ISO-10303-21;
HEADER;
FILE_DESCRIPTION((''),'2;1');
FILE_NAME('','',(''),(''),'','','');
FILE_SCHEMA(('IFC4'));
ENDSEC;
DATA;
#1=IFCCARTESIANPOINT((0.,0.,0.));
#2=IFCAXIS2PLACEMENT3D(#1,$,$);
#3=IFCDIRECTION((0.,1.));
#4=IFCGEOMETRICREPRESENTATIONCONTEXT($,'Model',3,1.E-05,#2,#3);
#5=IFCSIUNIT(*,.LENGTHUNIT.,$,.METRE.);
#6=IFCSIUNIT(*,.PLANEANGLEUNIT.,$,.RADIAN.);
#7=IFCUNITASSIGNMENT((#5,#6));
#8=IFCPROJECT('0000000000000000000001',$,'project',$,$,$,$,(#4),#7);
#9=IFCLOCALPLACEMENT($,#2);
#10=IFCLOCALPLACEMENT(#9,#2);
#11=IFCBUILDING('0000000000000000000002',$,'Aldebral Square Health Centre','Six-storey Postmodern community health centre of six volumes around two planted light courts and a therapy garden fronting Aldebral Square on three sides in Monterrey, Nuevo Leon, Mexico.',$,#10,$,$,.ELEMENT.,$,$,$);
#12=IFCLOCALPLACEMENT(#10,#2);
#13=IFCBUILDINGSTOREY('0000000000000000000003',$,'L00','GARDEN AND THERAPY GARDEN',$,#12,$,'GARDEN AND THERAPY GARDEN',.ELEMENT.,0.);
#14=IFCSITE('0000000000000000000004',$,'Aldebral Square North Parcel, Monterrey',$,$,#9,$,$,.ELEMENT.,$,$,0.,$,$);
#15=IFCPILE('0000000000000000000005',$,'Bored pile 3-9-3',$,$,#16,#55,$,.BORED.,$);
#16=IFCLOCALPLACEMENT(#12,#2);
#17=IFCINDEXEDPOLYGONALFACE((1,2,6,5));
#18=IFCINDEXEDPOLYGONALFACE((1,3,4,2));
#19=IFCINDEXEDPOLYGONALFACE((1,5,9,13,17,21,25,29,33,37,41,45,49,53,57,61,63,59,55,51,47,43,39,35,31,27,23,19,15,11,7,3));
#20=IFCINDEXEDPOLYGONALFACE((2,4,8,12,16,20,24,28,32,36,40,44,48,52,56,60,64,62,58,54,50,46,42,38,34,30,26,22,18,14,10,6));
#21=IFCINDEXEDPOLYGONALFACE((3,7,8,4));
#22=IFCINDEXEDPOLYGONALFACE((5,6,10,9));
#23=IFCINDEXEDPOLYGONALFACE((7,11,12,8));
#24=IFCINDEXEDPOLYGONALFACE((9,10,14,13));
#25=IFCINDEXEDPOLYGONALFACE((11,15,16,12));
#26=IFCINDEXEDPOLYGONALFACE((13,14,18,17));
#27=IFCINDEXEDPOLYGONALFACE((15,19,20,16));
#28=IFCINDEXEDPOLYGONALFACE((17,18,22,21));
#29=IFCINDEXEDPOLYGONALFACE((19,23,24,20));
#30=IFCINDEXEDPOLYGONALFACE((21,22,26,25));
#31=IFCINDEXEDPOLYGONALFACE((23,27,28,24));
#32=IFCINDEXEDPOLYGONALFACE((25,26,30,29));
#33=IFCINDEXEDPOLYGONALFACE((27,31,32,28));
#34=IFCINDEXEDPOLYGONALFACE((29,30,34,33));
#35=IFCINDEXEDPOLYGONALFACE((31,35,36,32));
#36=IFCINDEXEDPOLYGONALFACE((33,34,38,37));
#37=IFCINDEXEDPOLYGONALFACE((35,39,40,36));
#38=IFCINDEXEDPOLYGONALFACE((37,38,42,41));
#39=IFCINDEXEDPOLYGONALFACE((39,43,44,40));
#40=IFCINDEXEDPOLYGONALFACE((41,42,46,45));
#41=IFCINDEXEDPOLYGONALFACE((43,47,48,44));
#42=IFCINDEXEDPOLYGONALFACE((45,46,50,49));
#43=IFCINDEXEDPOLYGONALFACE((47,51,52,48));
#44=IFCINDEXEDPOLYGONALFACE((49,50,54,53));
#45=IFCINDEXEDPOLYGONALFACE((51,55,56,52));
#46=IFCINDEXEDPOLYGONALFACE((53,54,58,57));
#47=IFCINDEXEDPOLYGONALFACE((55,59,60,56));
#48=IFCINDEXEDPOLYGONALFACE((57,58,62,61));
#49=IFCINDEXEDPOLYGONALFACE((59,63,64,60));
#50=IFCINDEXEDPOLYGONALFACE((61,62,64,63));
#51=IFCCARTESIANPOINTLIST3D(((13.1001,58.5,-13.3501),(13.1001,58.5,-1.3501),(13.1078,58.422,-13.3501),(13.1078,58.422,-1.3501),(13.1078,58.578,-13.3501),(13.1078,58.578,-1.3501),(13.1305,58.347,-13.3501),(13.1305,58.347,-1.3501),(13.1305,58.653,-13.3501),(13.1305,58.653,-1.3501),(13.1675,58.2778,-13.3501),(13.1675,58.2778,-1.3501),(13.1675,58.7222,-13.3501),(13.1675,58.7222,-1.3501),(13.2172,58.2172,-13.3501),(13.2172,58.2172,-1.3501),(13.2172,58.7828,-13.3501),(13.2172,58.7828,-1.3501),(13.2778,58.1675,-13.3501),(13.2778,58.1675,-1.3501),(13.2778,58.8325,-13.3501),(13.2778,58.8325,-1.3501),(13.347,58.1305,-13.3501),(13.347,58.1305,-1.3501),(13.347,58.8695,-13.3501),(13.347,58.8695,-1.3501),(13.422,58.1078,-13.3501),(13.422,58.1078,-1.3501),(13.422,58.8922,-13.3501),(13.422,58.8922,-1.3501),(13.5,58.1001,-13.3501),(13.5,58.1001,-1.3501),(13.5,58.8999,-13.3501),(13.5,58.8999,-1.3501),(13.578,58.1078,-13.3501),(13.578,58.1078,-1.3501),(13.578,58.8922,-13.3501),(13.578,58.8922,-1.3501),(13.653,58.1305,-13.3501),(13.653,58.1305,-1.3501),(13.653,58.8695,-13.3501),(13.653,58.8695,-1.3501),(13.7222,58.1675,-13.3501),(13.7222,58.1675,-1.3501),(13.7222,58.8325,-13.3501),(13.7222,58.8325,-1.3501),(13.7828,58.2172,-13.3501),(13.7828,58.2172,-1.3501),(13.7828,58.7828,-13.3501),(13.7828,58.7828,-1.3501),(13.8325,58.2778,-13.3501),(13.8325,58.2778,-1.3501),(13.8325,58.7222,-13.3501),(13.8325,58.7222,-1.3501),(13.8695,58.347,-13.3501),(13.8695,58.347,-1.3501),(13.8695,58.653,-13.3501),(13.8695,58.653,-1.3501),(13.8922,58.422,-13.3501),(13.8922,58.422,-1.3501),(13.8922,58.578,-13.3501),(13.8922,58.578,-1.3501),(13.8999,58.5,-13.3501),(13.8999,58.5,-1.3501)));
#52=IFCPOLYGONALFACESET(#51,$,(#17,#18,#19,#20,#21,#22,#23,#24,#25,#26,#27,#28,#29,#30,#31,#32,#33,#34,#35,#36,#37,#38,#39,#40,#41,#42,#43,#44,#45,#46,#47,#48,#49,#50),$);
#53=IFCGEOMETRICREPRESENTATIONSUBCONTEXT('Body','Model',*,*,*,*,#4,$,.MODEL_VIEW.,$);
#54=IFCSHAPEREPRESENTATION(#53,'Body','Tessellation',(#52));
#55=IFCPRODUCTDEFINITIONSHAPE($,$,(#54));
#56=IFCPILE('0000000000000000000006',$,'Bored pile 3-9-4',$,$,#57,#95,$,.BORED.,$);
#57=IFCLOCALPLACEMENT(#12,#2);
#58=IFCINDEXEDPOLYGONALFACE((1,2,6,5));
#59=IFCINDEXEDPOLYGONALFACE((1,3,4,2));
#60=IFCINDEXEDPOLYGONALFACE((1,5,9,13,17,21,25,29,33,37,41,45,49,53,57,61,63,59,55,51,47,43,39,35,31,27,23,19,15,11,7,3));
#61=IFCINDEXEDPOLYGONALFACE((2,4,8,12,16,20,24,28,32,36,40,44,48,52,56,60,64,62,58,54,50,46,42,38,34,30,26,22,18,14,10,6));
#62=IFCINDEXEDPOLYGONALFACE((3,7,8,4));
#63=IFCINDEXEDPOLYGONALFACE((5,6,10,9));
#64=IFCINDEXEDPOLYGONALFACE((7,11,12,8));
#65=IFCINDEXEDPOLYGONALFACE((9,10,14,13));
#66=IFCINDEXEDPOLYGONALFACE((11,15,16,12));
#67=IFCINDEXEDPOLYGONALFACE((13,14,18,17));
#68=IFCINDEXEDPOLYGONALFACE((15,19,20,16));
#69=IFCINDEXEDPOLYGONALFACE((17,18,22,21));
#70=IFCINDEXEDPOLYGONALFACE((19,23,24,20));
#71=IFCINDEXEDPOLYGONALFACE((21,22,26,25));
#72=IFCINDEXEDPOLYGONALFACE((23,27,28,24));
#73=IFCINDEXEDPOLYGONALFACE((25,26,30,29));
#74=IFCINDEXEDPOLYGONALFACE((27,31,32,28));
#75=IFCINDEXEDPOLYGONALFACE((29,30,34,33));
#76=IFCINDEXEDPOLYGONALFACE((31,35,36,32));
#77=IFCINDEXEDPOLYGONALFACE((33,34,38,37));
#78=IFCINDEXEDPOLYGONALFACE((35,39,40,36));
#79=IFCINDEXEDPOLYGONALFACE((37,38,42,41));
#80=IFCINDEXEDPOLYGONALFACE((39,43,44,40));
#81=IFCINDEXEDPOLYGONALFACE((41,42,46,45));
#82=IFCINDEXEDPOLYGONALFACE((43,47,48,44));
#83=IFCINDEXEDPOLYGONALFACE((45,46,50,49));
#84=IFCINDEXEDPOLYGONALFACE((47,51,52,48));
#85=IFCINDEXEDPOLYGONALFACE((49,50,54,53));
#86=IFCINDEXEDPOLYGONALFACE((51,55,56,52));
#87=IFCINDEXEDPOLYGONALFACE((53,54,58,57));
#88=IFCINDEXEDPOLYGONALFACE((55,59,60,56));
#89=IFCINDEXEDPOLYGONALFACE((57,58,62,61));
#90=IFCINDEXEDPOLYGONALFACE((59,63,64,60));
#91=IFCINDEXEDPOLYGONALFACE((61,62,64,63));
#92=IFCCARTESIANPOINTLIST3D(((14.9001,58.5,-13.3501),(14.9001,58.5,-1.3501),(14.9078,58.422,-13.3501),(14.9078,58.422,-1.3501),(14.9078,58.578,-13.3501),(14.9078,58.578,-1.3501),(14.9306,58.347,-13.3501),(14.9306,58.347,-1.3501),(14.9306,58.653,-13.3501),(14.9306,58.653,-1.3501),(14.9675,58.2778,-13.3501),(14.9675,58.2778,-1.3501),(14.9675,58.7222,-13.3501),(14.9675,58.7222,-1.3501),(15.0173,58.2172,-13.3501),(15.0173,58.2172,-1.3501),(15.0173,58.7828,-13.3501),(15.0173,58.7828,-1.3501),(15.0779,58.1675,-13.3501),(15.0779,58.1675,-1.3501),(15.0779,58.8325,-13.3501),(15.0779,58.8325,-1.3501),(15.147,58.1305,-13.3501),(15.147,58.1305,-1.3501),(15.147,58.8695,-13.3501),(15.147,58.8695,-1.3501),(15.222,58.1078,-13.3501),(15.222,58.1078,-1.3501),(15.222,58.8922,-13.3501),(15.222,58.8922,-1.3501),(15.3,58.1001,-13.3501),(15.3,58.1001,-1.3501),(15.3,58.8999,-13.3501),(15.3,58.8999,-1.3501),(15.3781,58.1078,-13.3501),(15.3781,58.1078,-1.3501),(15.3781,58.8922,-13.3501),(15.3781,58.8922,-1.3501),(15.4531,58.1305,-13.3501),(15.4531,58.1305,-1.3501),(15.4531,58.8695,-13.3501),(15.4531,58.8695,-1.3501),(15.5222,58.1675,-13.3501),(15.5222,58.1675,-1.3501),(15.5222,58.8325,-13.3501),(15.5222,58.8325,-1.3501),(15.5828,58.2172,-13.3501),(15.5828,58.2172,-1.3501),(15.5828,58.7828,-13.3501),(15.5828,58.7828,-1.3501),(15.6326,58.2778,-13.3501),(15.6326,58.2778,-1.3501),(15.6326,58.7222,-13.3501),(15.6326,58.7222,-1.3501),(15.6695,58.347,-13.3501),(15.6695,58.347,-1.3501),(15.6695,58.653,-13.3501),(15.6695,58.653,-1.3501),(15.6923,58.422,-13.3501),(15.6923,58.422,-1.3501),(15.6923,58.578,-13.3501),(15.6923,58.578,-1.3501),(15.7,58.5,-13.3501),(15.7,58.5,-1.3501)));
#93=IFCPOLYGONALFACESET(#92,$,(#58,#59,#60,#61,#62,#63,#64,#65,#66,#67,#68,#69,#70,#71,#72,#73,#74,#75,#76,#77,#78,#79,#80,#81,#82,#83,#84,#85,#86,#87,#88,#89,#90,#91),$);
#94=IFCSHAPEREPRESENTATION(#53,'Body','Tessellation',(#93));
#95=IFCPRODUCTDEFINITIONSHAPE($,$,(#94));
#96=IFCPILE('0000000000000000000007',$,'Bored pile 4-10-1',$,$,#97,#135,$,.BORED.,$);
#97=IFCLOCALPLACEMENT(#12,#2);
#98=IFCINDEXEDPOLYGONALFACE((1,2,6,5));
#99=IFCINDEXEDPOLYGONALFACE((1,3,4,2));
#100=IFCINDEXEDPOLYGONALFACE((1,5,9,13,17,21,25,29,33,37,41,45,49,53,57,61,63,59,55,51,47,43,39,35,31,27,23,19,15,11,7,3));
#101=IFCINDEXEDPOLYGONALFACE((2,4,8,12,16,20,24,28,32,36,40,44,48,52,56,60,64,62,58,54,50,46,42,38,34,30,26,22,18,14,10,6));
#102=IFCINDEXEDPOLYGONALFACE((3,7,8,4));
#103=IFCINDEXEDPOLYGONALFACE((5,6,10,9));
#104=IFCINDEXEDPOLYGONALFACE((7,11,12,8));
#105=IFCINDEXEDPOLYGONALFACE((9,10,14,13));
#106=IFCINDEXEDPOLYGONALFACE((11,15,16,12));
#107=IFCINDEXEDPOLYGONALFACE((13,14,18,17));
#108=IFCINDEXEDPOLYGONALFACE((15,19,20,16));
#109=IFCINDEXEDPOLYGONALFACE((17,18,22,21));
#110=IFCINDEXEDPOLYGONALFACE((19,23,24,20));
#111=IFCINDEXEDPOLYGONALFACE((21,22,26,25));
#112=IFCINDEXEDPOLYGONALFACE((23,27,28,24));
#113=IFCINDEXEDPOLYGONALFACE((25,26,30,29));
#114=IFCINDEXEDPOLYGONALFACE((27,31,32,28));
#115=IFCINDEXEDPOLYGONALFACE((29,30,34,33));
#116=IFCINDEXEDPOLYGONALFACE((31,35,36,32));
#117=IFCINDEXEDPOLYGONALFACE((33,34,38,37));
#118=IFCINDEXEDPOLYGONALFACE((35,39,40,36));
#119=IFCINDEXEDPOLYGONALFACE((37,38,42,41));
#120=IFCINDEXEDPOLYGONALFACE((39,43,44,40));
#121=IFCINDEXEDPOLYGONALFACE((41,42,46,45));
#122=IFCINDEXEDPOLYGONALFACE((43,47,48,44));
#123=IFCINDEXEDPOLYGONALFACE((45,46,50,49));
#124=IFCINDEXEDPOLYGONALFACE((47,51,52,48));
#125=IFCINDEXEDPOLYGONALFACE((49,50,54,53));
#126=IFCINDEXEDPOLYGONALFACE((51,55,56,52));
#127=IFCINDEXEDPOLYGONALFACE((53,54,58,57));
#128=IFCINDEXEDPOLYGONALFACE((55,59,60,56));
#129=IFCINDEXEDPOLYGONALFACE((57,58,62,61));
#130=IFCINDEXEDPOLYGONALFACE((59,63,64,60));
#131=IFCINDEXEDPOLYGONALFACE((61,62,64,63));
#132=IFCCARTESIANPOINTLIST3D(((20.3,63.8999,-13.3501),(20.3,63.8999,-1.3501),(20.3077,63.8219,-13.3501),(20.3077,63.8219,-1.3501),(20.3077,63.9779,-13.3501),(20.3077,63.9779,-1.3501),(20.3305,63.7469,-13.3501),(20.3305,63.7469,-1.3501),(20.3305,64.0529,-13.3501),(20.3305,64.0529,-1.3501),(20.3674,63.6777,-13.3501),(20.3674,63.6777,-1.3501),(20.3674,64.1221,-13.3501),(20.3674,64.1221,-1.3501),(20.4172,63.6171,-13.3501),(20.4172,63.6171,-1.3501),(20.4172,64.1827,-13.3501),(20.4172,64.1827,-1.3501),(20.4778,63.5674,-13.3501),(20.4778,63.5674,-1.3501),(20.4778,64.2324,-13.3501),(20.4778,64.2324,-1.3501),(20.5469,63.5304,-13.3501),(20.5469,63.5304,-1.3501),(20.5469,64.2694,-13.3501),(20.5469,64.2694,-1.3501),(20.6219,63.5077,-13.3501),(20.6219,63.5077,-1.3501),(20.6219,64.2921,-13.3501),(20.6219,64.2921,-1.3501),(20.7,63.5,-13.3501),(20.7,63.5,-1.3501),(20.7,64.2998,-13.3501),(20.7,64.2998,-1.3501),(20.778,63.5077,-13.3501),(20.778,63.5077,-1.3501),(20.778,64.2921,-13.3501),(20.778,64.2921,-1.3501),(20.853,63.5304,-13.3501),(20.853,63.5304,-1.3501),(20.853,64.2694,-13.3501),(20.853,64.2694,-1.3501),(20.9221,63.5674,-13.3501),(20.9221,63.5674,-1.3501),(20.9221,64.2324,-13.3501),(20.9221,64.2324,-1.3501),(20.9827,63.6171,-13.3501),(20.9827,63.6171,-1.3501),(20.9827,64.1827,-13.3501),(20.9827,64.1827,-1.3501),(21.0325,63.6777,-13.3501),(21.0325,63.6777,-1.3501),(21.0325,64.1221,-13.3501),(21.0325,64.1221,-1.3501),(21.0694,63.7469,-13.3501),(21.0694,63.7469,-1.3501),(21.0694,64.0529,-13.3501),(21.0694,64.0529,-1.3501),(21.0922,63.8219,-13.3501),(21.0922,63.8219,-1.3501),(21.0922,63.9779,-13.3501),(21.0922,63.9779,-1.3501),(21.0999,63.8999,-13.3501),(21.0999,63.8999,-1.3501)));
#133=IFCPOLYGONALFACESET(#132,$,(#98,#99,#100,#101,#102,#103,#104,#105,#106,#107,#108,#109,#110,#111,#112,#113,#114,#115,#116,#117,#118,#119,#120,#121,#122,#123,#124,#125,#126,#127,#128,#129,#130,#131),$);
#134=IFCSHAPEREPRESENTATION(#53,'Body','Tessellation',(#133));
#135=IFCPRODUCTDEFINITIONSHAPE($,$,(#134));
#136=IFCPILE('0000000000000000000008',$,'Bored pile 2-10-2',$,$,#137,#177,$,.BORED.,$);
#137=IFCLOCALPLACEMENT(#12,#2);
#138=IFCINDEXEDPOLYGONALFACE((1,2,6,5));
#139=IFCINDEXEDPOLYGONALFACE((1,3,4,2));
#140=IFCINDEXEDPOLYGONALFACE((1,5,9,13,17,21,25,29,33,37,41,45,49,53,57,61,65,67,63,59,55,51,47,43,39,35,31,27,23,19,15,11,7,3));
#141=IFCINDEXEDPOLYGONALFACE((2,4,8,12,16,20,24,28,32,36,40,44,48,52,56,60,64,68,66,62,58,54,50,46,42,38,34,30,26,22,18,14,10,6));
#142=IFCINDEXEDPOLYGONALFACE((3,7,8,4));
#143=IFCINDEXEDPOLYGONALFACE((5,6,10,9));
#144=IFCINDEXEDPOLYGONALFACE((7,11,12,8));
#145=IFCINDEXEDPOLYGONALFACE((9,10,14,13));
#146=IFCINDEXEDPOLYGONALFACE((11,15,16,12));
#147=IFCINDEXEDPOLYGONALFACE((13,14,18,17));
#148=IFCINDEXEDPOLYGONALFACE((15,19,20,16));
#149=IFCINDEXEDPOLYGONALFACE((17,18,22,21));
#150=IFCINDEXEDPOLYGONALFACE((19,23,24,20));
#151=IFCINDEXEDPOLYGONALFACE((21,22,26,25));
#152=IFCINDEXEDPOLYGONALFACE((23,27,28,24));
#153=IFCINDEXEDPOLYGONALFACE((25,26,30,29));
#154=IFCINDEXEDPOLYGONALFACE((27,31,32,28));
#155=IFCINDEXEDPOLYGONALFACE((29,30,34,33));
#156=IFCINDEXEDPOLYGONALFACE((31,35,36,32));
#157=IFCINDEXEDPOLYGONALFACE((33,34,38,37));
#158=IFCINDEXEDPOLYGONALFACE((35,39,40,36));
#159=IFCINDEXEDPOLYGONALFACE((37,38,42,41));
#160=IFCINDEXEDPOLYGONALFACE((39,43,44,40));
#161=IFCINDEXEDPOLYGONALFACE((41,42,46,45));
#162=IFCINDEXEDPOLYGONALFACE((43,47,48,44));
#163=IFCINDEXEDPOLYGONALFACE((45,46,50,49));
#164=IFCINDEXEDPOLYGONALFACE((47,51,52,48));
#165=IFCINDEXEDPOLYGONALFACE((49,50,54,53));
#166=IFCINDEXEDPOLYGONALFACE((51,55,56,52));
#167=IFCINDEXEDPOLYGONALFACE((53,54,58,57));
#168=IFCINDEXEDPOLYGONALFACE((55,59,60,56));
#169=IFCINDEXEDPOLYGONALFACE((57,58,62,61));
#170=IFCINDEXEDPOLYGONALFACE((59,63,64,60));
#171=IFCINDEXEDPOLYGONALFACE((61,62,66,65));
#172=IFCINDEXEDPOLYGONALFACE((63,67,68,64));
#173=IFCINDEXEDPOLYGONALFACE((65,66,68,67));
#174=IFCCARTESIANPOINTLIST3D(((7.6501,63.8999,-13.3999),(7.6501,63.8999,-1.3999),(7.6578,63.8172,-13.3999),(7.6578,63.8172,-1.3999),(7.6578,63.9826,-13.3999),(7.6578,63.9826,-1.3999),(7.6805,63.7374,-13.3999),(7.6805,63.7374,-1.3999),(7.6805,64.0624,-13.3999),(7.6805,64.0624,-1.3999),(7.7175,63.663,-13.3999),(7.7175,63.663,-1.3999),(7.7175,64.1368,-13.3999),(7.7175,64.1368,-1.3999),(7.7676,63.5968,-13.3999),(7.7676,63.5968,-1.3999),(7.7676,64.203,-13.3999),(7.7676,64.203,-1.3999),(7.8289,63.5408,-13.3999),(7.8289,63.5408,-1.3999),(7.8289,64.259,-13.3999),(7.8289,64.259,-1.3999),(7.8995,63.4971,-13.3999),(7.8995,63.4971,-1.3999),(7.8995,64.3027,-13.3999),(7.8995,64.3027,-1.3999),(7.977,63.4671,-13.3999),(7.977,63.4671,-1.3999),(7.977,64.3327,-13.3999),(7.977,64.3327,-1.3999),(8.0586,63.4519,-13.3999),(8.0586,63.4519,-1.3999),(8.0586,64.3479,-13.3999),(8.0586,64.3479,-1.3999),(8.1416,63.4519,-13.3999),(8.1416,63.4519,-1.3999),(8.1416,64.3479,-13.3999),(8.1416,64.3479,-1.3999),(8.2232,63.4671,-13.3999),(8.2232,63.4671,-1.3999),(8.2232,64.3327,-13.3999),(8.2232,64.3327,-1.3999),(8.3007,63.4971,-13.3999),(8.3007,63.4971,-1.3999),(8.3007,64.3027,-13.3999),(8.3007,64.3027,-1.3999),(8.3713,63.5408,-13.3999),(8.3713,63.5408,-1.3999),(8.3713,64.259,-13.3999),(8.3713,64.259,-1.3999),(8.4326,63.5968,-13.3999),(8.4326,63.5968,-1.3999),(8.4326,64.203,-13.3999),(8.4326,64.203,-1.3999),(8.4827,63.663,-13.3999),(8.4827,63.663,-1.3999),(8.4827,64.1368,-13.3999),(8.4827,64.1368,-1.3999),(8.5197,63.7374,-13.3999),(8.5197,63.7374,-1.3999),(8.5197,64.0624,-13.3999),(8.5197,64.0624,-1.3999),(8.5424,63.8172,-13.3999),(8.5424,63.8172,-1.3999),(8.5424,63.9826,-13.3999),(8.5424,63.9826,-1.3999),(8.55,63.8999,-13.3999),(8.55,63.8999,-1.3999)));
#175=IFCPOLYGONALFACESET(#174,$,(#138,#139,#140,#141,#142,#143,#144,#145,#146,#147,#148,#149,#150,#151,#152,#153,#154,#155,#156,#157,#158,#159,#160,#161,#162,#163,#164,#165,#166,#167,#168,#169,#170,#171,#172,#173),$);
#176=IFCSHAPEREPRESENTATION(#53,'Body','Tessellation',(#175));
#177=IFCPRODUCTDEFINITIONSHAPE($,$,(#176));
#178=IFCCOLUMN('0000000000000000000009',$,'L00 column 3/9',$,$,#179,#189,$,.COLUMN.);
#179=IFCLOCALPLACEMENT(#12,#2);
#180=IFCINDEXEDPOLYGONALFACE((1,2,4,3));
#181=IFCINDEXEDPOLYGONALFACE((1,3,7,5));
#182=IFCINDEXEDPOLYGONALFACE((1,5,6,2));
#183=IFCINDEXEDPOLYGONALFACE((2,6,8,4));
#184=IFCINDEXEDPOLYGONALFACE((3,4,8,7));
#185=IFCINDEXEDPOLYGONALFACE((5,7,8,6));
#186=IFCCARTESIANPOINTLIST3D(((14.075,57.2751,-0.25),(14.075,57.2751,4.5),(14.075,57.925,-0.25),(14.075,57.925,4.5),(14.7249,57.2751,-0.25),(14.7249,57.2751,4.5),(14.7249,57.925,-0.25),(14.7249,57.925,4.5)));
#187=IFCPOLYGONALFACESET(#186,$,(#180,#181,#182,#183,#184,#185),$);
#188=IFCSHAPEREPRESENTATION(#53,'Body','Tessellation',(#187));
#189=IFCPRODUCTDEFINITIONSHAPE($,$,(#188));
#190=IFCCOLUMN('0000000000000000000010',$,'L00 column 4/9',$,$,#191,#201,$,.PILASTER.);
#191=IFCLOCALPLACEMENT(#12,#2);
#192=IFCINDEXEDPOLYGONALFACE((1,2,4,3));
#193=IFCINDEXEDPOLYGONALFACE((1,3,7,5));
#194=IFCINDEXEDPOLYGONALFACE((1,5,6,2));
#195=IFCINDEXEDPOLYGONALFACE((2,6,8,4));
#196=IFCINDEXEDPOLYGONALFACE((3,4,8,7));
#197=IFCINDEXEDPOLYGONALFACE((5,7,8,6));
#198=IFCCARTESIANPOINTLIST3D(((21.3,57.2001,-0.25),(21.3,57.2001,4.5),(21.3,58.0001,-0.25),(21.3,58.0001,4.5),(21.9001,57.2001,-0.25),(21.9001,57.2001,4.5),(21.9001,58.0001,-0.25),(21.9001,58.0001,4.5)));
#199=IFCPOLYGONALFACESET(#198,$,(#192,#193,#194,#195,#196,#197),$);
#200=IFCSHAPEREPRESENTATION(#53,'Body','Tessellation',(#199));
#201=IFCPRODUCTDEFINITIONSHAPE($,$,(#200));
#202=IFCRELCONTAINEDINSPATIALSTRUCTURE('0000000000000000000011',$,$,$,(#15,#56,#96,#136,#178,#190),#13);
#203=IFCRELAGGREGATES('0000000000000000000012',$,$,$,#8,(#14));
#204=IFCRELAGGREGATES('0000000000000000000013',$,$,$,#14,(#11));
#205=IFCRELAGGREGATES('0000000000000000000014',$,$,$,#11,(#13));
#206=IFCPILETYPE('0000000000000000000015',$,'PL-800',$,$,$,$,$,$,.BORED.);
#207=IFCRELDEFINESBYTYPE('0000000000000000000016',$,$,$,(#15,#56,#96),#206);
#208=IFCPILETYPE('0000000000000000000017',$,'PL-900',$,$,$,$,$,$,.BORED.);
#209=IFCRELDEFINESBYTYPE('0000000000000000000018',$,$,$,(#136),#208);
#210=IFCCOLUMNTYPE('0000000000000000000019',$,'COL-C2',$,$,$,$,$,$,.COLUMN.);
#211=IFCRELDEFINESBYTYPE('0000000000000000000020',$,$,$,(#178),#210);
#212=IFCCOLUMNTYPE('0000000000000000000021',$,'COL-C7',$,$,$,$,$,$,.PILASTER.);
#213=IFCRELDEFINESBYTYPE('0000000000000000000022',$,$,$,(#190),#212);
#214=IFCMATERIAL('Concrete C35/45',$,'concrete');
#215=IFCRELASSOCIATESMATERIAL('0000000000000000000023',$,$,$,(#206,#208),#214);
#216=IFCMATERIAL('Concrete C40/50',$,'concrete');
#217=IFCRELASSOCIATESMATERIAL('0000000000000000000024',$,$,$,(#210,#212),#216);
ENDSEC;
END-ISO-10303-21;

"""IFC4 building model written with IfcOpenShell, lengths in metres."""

from ifc_helpers import new_model, si_unit, direction, frame, origin, origin_2d, place, context, subcontext, project, spatial, rectangle, circle, extrude, material, material_profile, profile_set, type_object, element, save


model = new_model("IFC4")

# Units and contexts
model_context = context("Model", 3, precision=1e-05, world=origin(), true_north=direction((0.0, 1.0)))
body_context = subcontext(model_context, "Body", "Model", "MODEL_VIEW")
ifc_project = project(units=[si_unit("LENGTHUNIT", "METRE"), si_unit("PLANEANGLEUNIT", "RADIAN")], contexts=[model_context])

# Site, building, storey
site_placement = place(None, origin())
site = spatial("IfcSite", under=ifc_project, at=site_placement, Name="Aldebral Square North Parcel, Monterrey", CompositionType="ELEMENT", RefElevation=0.0)
building_placement = place(site_placement, origin())
building = spatial("IfcBuilding", under=site, at=building_placement, Name="Aldebral Square Health Centre", Description="Six-storey Postmodern community health centre of six volumes around two planted light courts and a therapy garden fronting Aldebral Square on three sides in Monterrey, Nuevo Leon, Mexico.", CompositionType="ELEMENT")
storey_placement = place(building_placement, origin())
storey = spatial("IfcBuildingStorey", under=building, at=storey_placement, Name="L00", Description="GARDEN AND THERAPY GARDEN", LongName="GARDEN AND THERAPY GARDEN", CompositionType="ELEMENT", Elevation=0.0)

# Shared definitions
ifc_material_1 = material(Name="Concrete C35/45", Category="concrete")

# Piles
ifc_material_profile_1 = material_profile(ifc_material_1, circle(Radius=0.3999, at=origin_2d()), Name="PILE D800")
ifc_profile_set_1 = profile_set([ifc_material_profile_1], Name="Concrete C35/45")
pile_type_1 = type_object("IfcPileType", Name="PL-800", PredefinedType="BORED", material=ifc_profile_set_1)
for number, where, z_axis, x_axis, name in (
    (1, (13.5, 58.5, -1.3501), (0.0, 0.0, -1.0), (1.0, 0.0, 0.0), "Bored pile 3-9-3"),
    (2, (15.3, 58.5, -1.3501), (0.0, 0.0, -1.0), (1.0, 0.0, 0.0), "Bored pile 3-9-4"),
    (3, (20.7, 63.8999, -1.3501), (0.0, 0.0, -1.0), (1.0, 0.0, 0.0), "Bored pile 4-10-1"),
):
    element("IfcPile", number, at=place(storey_placement, frame(where, z_axis=z_axis, x_axis=x_axis)), inside=storey, type_object=pile_type_1, Name=name, PredefinedType="BORED", context=body_context, shape_type="SweptSolid", body=[
        extrude(circle(Radius=0.3999, at=origin_2d()), origin(), (0.0, 0.0, 1.0), 12.0),
    ])
ifc_material_profile_2 = material_profile(ifc_material_1, circle(Radius=0.45, at=origin_2d()), Name="PILE D900")
ifc_profile_set_2 = profile_set([ifc_material_profile_2], Name="Concrete C35/45")
pile_type_2 = type_object("IfcPileType", Name="PL-900", PredefinedType="BORED", material=ifc_profile_set_2)
pile_placement = place(storey_placement, frame((8.1001, 63.8999, -1.3999), z_axis=(0.0, 0.0, -1.0), x_axis=(1.0, 0.0, 0.0)))
element("IfcPile", 4, at=pile_placement, inside=storey, type_object=pile_type_2, Name="Bored pile 2-10-2", PredefinedType="BORED", context=body_context, shape_type="SweptSolid", body=[
    extrude(circle(Radius=0.45, at=origin_2d()), origin(), (0.0, 0.0, 1.0), 12.0),
])

# Columns
ifc_material_2 = material(Name="Concrete C40/50", Category="concrete")
ifc_material_profile_3 = material_profile(ifc_material_2, rectangle(XDim=0.6499, YDim=0.6499, at=origin_2d()), Name="RC 650x650")
ifc_profile_set_3 = profile_set([ifc_material_profile_3], Name="Concrete C40/50")
column_type_1 = type_object("IfcColumnType", Name="COL-C2", PredefinedType="COLUMN", material=ifc_profile_set_3)
column_1_placement = place(storey_placement, frame((14.3999, 57.6001, -0.25), z_axis=(0.0, 0.0, 1.0), x_axis=(1.0, 0.0, 0.0)))
element("IfcColumn", 5, at=column_1_placement, inside=storey, type_object=column_type_1, Name="L00 column 3/9", PredefinedType="COLUMN", context=body_context, shape_type="SweptSolid", body=[
    extrude(rectangle(XDim=0.6499, YDim=0.6499, at=origin_2d()), origin(), (0.0, 0.0, 1.0), 4.75),
])
ifc_material_profile_4 = material_profile(ifc_material_2, rectangle(XDim=0.6001, YDim=0.8, at=origin_2d()), Name="RC 600x800")
ifc_profile_set_4 = profile_set([ifc_material_profile_4], Name="Concrete C40/50")
column_type_2 = type_object("IfcColumnType", Name="COL-C7", PredefinedType="PILASTER", material=ifc_profile_set_4)
column_2_placement = place(storey_placement, frame((21.6001, 57.6001, -0.25), z_axis=(0.0, 0.0, 1.0), x_axis=(1.0, 0.0, 0.0)))
element("IfcColumn", 6, at=column_2_placement, inside=storey, type_object=column_type_2, Name="L00 column 4/9", PredefinedType="PILASTER", context=body_context, shape_type="SweptSolid", body=[
    extrude(rectangle(XDim=0.6001, YDim=0.8, at=origin_2d()), origin(), (0.0, 0.0, 1.0), 4.75),
])

save(model, "model.ifc")
